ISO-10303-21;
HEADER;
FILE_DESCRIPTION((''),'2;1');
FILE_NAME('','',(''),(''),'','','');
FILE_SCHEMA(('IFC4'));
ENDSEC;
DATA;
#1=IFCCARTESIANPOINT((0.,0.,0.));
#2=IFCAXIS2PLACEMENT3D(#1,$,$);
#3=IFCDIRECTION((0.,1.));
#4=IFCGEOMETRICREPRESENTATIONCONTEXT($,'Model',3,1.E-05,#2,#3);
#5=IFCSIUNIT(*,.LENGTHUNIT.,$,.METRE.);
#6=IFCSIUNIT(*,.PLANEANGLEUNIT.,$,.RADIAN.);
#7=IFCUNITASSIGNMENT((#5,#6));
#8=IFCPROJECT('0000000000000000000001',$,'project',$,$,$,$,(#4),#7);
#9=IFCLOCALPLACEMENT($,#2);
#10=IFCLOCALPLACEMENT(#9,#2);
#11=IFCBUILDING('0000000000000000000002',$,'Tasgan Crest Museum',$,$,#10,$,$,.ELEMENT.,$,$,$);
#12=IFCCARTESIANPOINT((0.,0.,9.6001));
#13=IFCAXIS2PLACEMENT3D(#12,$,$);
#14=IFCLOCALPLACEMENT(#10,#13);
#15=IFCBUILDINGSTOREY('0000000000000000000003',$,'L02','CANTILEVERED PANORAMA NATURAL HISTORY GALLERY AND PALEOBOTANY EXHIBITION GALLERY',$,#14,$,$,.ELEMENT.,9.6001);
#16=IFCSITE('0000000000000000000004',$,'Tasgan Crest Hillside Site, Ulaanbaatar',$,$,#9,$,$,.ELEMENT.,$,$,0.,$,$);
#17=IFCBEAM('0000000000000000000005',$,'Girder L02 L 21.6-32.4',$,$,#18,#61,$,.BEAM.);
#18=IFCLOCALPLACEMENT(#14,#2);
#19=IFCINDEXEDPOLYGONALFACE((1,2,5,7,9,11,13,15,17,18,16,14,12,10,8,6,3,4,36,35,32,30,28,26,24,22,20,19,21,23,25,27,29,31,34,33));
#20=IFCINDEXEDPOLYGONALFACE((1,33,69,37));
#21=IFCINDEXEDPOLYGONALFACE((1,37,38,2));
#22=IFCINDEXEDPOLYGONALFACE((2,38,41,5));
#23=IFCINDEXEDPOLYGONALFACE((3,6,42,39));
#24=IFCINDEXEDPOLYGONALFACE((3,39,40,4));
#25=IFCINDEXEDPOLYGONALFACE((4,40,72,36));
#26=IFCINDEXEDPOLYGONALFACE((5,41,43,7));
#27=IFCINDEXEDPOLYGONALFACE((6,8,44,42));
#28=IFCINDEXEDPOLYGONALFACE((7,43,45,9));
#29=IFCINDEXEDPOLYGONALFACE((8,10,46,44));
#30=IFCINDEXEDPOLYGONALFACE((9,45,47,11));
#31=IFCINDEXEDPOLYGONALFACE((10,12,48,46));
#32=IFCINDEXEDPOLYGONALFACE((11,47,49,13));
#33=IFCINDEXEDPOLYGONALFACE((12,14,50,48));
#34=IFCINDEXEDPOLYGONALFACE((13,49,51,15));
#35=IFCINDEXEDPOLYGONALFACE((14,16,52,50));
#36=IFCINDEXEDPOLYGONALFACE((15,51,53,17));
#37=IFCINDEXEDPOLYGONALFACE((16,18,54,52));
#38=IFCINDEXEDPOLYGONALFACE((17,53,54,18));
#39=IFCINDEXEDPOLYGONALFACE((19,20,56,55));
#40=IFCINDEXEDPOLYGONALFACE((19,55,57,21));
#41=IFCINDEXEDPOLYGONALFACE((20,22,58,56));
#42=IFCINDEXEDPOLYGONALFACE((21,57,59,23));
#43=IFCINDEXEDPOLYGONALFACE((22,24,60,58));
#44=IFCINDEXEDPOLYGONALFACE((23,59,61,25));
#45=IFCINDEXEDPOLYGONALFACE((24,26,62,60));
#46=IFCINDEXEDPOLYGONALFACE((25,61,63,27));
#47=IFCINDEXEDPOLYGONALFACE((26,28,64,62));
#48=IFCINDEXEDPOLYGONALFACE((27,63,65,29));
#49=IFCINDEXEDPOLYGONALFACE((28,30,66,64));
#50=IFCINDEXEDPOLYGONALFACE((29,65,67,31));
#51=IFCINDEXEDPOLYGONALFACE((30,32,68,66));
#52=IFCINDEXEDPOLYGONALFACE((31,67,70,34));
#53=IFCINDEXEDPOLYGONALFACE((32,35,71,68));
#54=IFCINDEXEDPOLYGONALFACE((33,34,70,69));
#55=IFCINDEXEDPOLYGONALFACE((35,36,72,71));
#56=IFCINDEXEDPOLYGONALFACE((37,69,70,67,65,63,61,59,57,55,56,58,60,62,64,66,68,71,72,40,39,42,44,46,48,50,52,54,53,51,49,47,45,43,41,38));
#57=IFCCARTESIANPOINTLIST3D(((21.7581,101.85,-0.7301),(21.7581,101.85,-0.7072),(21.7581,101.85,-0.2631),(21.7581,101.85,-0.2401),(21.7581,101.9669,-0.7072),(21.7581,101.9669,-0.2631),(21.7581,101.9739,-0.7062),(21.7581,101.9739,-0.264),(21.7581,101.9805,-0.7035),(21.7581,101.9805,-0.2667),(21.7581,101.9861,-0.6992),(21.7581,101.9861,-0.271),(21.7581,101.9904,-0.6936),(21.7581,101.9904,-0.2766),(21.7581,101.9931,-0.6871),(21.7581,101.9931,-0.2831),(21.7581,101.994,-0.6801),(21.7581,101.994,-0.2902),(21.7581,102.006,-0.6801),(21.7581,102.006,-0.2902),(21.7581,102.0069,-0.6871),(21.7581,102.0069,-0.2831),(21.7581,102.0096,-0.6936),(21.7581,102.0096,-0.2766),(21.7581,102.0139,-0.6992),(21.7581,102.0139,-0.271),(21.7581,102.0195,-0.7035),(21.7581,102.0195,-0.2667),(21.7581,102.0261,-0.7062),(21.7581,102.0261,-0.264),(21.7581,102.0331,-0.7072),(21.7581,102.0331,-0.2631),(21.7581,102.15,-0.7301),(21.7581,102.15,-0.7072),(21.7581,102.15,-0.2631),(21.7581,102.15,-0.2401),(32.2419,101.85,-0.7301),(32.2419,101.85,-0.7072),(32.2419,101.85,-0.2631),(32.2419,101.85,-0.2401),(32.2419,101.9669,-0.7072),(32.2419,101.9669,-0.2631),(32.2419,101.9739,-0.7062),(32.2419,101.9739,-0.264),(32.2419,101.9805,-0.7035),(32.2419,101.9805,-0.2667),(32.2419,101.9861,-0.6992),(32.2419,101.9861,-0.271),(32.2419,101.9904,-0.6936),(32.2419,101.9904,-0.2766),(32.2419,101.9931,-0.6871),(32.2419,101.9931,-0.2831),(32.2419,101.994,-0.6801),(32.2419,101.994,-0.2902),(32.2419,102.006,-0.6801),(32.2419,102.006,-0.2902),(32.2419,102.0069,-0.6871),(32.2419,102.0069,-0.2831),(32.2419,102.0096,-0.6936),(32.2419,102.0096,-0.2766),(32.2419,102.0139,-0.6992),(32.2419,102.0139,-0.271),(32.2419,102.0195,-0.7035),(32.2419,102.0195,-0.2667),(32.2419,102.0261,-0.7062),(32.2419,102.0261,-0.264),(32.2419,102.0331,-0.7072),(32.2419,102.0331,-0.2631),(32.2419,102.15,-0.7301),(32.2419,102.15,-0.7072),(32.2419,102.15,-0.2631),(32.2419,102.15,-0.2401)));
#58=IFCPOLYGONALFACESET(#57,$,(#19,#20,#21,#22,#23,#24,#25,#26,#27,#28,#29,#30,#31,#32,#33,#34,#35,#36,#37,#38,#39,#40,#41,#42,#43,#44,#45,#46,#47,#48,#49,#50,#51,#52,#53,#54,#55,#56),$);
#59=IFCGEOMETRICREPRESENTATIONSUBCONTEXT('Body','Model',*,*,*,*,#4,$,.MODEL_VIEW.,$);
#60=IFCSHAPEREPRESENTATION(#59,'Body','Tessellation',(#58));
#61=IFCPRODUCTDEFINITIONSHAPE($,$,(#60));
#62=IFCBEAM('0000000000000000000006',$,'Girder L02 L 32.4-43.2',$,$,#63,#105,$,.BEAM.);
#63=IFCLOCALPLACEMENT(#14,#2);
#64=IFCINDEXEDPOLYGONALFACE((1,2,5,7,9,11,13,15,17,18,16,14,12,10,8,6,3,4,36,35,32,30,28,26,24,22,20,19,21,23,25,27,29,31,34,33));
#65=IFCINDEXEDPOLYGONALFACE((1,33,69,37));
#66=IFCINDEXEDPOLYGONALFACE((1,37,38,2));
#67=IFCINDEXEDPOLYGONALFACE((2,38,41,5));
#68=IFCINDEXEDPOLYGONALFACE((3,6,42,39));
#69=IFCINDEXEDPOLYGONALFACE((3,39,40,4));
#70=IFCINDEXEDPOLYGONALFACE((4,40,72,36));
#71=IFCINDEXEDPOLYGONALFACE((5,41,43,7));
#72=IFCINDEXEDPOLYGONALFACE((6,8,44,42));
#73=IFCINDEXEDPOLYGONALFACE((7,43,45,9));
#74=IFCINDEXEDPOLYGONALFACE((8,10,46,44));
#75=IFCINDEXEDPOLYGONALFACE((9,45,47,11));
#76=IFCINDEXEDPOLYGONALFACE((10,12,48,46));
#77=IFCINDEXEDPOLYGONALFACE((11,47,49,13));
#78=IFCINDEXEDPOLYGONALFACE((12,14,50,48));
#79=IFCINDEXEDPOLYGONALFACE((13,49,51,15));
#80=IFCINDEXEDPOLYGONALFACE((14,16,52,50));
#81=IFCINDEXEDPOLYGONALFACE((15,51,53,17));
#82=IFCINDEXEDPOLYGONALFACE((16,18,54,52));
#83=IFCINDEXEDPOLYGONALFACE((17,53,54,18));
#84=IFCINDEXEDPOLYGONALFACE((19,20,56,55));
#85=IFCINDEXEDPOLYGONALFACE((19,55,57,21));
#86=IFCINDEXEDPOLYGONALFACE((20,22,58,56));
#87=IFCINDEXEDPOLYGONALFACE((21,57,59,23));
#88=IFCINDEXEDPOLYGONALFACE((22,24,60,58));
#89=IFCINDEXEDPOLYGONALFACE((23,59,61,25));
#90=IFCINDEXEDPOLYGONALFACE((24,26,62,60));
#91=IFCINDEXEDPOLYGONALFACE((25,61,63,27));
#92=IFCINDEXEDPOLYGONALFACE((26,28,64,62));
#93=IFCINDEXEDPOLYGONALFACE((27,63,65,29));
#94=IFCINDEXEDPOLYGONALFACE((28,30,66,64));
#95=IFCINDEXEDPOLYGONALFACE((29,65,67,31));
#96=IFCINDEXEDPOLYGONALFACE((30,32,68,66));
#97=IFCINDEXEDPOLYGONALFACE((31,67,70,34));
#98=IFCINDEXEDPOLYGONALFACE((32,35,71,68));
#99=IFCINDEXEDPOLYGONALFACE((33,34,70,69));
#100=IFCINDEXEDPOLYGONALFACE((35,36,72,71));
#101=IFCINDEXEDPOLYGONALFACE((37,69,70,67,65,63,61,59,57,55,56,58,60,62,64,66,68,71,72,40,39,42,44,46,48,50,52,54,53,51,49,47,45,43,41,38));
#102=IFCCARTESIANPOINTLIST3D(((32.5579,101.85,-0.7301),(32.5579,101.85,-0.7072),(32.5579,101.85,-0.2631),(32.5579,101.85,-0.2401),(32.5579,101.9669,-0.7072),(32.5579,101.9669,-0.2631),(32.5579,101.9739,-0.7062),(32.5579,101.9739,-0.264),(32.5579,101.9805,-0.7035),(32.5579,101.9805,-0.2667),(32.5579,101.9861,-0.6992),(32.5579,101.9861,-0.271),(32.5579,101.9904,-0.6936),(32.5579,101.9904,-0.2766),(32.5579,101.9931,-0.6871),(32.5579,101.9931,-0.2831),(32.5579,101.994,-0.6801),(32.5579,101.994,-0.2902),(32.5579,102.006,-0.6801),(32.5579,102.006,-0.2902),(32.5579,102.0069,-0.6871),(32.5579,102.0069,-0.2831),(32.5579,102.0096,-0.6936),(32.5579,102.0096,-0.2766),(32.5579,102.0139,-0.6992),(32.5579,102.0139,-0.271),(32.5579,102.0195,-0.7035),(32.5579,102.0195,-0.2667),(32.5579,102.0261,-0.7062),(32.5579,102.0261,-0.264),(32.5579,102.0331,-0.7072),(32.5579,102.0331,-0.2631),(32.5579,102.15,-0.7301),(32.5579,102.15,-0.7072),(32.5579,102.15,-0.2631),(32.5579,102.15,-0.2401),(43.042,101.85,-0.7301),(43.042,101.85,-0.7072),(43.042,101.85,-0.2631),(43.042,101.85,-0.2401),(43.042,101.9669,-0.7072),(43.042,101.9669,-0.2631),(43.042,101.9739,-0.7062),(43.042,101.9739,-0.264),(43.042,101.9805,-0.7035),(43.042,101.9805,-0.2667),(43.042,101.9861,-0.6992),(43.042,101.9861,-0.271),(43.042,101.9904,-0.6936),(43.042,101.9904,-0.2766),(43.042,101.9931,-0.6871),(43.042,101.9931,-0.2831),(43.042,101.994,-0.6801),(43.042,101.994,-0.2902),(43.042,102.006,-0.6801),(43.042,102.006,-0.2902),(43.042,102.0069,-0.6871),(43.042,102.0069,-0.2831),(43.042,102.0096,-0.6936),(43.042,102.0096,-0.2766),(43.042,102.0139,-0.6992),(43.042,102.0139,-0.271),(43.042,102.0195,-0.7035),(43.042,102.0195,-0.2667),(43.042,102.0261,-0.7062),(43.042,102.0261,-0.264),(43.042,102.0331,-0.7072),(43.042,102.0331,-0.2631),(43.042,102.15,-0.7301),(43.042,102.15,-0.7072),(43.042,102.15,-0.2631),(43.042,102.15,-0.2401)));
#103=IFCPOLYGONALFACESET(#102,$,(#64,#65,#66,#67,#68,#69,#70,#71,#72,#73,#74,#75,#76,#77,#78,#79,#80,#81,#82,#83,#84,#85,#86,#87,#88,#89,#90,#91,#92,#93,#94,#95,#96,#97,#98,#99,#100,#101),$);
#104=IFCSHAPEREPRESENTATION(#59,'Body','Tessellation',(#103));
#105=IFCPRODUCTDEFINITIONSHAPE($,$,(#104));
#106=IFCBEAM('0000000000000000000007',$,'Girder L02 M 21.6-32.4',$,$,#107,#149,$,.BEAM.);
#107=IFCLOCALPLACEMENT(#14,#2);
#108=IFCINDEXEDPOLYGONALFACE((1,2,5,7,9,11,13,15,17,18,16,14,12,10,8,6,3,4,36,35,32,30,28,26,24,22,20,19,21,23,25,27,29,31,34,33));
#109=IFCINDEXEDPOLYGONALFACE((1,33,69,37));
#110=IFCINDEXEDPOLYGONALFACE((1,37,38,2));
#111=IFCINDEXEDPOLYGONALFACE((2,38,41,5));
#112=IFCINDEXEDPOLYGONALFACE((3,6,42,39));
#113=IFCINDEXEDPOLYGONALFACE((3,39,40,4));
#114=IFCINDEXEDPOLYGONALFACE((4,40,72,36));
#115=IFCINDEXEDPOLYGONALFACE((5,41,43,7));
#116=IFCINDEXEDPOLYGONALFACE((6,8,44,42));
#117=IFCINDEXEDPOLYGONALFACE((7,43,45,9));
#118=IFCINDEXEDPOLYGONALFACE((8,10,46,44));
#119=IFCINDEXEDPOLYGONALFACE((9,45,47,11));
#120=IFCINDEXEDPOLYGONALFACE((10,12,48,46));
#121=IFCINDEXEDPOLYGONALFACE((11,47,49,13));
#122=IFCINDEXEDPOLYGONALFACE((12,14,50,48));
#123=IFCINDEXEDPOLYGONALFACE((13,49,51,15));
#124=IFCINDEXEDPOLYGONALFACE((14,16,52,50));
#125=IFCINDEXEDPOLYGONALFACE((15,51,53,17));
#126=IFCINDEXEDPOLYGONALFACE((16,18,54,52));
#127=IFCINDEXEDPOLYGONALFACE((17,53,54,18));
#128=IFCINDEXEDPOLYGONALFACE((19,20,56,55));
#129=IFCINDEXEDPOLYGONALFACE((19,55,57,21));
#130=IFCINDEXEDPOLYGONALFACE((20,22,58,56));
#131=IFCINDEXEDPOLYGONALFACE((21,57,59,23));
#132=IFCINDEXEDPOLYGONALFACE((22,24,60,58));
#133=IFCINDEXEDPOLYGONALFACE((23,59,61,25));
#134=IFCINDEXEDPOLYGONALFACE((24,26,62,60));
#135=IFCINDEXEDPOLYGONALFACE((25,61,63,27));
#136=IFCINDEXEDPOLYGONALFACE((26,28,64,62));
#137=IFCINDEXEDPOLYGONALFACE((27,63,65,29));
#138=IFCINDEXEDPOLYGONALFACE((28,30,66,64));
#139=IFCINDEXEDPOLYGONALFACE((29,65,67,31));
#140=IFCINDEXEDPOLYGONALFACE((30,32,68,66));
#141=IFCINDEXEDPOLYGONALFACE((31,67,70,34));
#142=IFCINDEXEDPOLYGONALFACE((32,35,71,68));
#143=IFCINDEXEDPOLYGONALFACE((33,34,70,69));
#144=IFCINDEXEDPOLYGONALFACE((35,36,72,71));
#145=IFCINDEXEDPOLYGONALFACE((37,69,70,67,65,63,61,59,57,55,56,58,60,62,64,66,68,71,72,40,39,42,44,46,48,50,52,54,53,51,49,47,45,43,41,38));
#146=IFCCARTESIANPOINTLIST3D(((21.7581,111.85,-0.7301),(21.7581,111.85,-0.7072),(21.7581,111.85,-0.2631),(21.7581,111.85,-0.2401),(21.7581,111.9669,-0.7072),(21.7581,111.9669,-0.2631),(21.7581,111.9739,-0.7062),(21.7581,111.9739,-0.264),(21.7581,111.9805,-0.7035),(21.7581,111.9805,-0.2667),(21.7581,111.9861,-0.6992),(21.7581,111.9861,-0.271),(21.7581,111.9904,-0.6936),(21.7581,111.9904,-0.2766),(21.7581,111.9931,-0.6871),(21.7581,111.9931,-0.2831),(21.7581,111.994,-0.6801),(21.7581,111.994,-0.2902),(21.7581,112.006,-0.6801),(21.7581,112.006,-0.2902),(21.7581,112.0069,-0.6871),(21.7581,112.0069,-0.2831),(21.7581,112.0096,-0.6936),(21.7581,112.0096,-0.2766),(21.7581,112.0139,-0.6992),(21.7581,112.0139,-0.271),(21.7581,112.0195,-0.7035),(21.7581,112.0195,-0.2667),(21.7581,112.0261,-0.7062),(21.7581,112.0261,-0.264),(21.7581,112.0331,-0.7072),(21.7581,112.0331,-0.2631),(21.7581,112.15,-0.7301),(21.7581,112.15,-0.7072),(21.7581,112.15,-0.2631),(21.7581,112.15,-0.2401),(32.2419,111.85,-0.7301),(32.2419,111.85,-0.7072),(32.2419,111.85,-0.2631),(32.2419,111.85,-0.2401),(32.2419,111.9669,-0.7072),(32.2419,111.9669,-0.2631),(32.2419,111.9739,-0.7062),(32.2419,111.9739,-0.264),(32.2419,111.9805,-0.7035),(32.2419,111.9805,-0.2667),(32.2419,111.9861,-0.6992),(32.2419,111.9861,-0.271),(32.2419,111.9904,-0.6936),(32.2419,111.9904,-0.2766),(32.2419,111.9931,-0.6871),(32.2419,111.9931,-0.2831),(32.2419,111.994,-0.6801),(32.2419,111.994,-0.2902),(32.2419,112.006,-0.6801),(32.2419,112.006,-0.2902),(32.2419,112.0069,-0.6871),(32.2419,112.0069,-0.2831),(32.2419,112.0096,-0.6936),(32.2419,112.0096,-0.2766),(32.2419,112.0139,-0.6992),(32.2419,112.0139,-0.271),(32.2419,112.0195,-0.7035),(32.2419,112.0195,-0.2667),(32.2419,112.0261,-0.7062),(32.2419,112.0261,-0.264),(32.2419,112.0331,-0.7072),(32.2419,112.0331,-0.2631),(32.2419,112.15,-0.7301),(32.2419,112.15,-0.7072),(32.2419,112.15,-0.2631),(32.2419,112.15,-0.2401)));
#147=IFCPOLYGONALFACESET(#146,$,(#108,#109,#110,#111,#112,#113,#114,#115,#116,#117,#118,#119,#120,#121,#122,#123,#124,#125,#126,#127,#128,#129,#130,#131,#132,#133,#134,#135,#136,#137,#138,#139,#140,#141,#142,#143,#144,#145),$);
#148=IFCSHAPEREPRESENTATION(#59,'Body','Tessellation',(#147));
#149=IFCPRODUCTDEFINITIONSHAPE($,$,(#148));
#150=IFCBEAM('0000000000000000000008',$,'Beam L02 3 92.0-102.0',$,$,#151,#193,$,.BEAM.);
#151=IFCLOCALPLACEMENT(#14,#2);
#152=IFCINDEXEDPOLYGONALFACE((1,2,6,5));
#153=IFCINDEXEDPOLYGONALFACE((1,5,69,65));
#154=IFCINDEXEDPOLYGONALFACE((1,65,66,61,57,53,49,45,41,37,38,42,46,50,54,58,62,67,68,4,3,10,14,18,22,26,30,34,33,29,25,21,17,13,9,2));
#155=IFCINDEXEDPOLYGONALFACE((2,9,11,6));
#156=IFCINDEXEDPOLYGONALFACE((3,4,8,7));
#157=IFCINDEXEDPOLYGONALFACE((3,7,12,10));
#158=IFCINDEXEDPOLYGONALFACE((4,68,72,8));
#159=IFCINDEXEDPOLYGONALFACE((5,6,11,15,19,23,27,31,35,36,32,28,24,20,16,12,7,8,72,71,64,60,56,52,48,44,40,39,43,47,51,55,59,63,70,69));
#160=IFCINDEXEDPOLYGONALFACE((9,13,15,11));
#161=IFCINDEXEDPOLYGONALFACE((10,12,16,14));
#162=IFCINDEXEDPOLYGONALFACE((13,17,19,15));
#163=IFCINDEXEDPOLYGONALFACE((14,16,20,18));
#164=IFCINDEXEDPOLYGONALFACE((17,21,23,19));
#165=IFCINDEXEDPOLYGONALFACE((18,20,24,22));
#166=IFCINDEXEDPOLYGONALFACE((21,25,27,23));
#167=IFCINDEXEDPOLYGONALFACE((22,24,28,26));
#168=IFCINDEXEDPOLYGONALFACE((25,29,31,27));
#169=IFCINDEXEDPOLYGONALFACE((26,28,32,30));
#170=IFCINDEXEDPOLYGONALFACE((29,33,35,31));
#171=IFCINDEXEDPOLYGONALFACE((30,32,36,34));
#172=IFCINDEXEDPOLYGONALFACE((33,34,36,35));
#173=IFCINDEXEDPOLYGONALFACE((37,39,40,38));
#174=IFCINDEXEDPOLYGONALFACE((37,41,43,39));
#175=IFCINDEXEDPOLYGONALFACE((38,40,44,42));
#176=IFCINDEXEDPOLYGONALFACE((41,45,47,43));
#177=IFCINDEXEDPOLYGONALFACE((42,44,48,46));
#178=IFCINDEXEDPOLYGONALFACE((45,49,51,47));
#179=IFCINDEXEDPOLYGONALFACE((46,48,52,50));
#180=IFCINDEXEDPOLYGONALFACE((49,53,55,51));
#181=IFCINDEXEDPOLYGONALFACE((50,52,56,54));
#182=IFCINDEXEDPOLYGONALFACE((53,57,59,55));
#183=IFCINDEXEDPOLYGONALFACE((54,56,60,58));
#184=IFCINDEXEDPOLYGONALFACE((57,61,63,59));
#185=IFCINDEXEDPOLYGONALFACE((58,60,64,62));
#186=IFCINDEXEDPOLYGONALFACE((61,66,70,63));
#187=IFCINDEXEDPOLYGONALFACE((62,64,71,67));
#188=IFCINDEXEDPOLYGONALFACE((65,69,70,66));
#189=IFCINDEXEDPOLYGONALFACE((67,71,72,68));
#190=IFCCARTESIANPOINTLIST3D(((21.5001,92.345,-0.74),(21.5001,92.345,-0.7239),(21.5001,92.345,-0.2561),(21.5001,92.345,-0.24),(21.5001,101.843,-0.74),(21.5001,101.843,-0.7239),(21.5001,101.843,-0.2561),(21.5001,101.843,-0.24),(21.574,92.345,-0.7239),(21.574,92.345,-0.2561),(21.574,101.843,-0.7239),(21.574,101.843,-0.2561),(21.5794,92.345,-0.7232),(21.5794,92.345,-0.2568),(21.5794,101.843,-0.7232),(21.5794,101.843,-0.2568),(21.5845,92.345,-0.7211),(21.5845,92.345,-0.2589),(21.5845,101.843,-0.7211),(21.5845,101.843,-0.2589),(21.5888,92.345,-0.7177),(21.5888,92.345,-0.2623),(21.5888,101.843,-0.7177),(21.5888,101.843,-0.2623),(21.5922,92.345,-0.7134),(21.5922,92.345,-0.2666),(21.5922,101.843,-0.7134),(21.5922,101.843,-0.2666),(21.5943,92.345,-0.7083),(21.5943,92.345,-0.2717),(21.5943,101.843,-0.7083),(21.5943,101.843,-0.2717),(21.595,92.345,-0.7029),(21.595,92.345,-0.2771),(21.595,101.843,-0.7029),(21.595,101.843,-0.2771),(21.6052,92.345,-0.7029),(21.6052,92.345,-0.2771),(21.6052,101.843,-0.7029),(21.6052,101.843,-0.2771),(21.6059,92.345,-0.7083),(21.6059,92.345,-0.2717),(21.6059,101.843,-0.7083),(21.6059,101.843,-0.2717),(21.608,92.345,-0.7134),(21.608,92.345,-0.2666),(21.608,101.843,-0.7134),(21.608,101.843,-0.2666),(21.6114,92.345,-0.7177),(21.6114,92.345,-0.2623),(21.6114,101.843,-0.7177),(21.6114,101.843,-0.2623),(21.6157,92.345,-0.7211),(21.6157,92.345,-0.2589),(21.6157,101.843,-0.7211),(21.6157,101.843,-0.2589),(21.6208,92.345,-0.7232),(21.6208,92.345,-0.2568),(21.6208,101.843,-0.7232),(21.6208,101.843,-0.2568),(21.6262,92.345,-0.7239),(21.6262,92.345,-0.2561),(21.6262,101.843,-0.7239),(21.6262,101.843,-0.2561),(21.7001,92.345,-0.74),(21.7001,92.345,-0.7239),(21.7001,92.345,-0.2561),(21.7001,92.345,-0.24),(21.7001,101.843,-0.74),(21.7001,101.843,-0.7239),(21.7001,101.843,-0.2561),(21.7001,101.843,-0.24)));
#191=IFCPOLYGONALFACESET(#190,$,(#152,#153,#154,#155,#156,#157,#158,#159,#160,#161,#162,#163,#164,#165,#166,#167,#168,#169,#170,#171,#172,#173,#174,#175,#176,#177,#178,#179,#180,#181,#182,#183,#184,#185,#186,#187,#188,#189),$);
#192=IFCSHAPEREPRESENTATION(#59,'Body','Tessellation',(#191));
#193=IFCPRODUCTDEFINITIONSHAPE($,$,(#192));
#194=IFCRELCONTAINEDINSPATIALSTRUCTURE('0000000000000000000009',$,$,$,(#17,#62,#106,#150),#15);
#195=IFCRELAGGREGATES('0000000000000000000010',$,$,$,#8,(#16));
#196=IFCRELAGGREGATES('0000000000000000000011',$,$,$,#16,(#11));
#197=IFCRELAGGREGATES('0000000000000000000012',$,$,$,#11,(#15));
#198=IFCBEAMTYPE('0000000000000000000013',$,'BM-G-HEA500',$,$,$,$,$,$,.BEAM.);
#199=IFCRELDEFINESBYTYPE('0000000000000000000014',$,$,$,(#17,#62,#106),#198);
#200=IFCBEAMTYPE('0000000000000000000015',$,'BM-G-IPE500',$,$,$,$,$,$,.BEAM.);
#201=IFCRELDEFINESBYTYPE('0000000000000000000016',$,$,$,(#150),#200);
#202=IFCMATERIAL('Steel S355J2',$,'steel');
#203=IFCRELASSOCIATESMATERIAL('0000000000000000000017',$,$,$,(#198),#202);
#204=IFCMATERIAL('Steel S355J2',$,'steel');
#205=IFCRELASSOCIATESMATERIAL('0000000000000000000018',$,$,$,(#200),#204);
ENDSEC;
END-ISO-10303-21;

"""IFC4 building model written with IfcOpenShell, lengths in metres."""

from ifc_helpers import new_model, si_unit, direction, frame, origin, origin_2d, place, context, subcontext, project, spatial, i_section, extrude, material, material_profile, profile_set, type_object, element, save


model = new_model("IFC4")

# Units and contexts
model_context = context("Model", 3, precision=1e-05, world=origin(), true_north=direction((0.0, 1.0)))
body_context = subcontext(model_context, "Body", "Model", "MODEL_VIEW")
ifc_project = project(units=[si_unit("LENGTHUNIT", "METRE"), si_unit("PLANEANGLEUNIT", "RADIAN")], contexts=[model_context])

# Site, building, storey
site_placement = place(None, origin())
site = spatial("IfcSite", under=ifc_project, at=site_placement, Name="Tasgan Crest Hillside Site, Ulaanbaatar", CompositionType="ELEMENT", RefElevation=0.0)
building_placement = place(site_placement, origin())
building = spatial("IfcBuilding", under=site, at=building_placement, Name="Tasgan Crest Museum", CompositionType="ELEMENT")
storey_placement = place(building_placement, frame((0.0, 0.0, 9.6001)))
storey = spatial("IfcBuildingStorey", under=building, at=storey_placement, Name="L02", Description="CANTILEVERED PANORAMA NATURAL HISTORY GALLERY AND PALEOBOTANY EXHIBITION GALLERY", CompositionType="ELEMENT", Elevation=9.6001)

# Beams
ifc_material_1 = material(Name="Steel S355J2", Category="steel")
ifc_material_profile_1 = material_profile(ifc_material_1, i_section(OverallWidth=0.3, OverallDepth=0.49, WebThickness=0.012, FlangeThickness=0.0229, FilletRadius=0.0271, at=origin_2d()), Name="HEA 500")
ifc_profile_set_1 = profile_set([ifc_material_profile_1], Name="Steel S355J2")
beam_type_1 = type_object("IfcBeamType", Name="BM-G-HEA500", PredefinedType="BEAM", material=ifc_profile_set_1)
beam_1_placement = place(storey_placement, frame((21.7581, 102.0, -0.4851), z_axis=(1.0, 0.0, 0.0), x_axis=(0.0, 1.0, 0.0)))
element("IfcBeam", 1, at=beam_1_placement, inside=storey, type_object=beam_type_1, Name="Girder L02 L 21.6-32.4", PredefinedType="BEAM", context=body_context, shape_type="SweptSolid", body=[
    extrude(i_section(OverallWidth=0.3, OverallDepth=0.49, WebThickness=0.012, FlangeThickness=0.0229, FilletRadius=0.0271, at=origin_2d()), origin(), (0.0, 0.0, 1.0), 10.4839),
])
beam_2_placement = place(storey_placement, frame((32.5579, 102.0, -0.4851), z_axis=(1.0, 0.0, 0.0), x_axis=(0.0, 1.0, 0.0)))
element("IfcBeam", 2, at=beam_2_placement, inside=storey, type_object=beam_type_1, Name="Girder L02 L 32.4-43.2", PredefinedType="BEAM", context=body_context, shape_type="SweptSolid", body=[
    extrude(i_section(OverallWidth=0.3, OverallDepth=0.49, WebThickness=0.012, FlangeThickness=0.0229, FilletRadius=0.0271, at=origin_2d()), origin(), (0.0, 0.0, 1.0), 10.4841),
])
beam_3_placement = place(storey_placement, frame((21.7581, 112.0, -0.4851), z_axis=(1.0, 0.0, 0.0), x_axis=(0.0, 1.0, 0.0)))
element("IfcBeam", 3, at=beam_3_placement, inside=storey, type_object=beam_type_1, Name="Girder L02 M 21.6-32.4", PredefinedType="BEAM", context=body_context, shape_type="SweptSolid", body=[
    extrude(i_section(OverallWidth=0.3, OverallDepth=0.49, WebThickness=0.012, FlangeThickness=0.0229, FilletRadius=0.0271, at=origin_2d()), origin(), (0.0, 0.0, 1.0), 10.4839),
])
ifc_material_2 = material(Name="Steel S355J2", Category="steel")
ifc_material_profile_2 = material_profile(ifc_material_2, i_section(OverallWidth=0.2, OverallDepth=0.5, WebThickness=0.0103, FlangeThickness=0.0161, FilletRadius=0.021, at=origin_2d()), Name="IPE 500")
ifc_profile_set_2 = profile_set([ifc_material_profile_2], Name="Steel S355J2")
beam_type_2 = type_object("IfcBeamType", Name="BM-G-IPE500", PredefinedType="BEAM", material=ifc_profile_set_2)
beam_4_placement = place(storey_placement, frame((21.6001, 92.345, -0.49), z_axis=(0.0, 1.0, 0.0), x_axis=(-1.0, 0.0, 0.0)))
element("IfcBeam", 4, at=beam_4_placement, inside=storey, type_object=beam_type_2, Name="Beam L02 3 92.0-102.0", PredefinedType="BEAM", context=body_context, shape_type="SweptSolid", body=[
    extrude(i_section(OverallWidth=0.2, OverallDepth=0.5, WebThickness=0.0103, FlangeThickness=0.0161, FilletRadius=0.021, at=origin_2d()), origin(), (0.0, 0.0, 1.0), 9.498),
])

save(model, "model.ifc")
